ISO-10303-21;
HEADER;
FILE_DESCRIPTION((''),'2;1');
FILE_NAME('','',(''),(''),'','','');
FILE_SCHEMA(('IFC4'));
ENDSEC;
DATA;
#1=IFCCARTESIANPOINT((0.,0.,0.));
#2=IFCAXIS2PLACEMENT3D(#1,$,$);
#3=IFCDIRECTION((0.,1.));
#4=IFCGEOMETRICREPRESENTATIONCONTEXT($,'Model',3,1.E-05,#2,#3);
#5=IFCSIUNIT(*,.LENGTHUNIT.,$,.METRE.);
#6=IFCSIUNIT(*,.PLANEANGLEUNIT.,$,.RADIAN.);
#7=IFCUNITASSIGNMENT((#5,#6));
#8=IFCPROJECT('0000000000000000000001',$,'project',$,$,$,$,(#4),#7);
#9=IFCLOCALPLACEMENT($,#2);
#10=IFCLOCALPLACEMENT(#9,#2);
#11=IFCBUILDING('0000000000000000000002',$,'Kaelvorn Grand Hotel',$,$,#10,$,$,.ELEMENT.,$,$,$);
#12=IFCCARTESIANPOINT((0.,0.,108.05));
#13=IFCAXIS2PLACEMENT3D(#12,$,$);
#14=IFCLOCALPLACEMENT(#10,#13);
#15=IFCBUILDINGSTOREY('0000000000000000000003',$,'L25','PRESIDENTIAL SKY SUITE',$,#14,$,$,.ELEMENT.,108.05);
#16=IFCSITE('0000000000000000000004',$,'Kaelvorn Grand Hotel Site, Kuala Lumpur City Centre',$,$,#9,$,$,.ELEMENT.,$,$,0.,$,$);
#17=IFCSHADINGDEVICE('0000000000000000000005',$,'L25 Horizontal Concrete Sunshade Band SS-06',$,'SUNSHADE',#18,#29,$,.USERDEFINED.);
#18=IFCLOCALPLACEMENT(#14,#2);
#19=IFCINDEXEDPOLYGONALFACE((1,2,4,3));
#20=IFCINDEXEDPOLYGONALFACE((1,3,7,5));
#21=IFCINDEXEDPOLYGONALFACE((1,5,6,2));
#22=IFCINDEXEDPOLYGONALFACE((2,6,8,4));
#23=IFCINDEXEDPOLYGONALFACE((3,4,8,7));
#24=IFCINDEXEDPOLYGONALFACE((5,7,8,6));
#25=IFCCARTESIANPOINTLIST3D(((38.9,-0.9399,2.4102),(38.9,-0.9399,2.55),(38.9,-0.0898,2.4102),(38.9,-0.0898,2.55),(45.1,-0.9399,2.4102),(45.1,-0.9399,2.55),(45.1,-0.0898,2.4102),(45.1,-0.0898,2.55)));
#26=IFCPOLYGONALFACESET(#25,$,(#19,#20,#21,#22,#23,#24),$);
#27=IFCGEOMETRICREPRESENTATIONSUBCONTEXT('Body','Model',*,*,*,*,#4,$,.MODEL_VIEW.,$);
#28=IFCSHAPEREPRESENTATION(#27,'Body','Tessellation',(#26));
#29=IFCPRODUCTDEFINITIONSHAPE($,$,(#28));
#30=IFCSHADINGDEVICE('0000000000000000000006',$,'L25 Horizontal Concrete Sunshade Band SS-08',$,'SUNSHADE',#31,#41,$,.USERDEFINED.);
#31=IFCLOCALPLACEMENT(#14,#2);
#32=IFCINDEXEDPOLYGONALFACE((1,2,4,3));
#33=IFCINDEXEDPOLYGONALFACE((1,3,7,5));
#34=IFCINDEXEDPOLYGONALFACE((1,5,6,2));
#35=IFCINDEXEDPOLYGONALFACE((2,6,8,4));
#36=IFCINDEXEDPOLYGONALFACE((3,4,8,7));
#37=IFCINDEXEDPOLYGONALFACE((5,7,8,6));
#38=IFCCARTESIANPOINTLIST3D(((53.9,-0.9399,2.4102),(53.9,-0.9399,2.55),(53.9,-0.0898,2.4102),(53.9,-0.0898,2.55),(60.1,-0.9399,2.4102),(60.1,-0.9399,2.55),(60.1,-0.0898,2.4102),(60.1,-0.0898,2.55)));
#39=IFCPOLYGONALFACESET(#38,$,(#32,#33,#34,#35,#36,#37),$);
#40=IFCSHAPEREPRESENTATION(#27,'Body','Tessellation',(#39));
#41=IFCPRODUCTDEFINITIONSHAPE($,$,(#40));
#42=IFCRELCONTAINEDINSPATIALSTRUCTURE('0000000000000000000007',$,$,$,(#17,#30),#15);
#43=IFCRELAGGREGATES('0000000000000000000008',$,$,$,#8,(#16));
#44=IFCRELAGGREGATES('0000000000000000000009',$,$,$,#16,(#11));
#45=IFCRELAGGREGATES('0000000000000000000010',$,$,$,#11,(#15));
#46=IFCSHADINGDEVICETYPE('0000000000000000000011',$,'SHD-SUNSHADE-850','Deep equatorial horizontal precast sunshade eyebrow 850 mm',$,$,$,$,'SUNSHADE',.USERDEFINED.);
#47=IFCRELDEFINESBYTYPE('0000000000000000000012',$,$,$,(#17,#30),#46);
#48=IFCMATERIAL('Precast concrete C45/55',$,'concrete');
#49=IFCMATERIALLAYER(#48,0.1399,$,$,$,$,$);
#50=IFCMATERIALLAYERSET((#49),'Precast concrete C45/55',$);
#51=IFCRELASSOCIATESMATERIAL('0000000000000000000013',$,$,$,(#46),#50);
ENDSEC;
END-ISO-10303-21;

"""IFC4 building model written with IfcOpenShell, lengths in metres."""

from ifc_helpers import new_model, si_unit, direction, frame, origin, origin_2d, place, context, subcontext, project, spatial, rectangle, extrude, material, layer, layer_set, type_object, element, save


model = new_model("IFC4")

# Units and contexts
model_context = context("Model", 3, precision=1e-05, world=origin(), true_north=direction((0.0, 1.0)))
body_context = subcontext(model_context, "Body", "Model", "MODEL_VIEW")
ifc_project = project(units=[si_unit("LENGTHUNIT", "METRE"), si_unit("PLANEANGLEUNIT", "RADIAN")], contexts=[model_context])

# Site, building, storey
site_placement = place(None, origin())
site = spatial("IfcSite", under=ifc_project, at=site_placement, Name="Kaelvorn Grand Hotel Site, Kuala Lumpur City Centre", CompositionType="ELEMENT", RefElevation=0.0)
building_placement = place(site_placement, origin())
building = spatial("IfcBuilding", under=site, at=building_placement, Name="Kaelvorn Grand Hotel", CompositionType="ELEMENT")
storey_placement = place(building_placement, frame((0.0, 0.0, 108.05)))
storey = spatial("IfcBuildingStorey", under=building, at=storey_placement, Name="L25", Description="PRESIDENTIAL SKY SUITE", CompositionType="ELEMENT", Elevation=108.05)

# Shading devices
ifc_material_1 = material(Name="Precast concrete C45/55", Category="concrete")
ifc_layer_1 = layer(ifc_material_1, 0.1399)
ifc_layer_set_1 = layer_set([ifc_layer_1], Name="Precast concrete C45/55")
shading_device_type_1 = type_object("IfcShadingDeviceType", Name="SHD-SUNSHADE-850", Description="Deep equatorial horizontal precast sunshade eyebrow 850 mm", ElementType="SUNSHADE", PredefinedType="USERDEFINED", material=ifc_layer_set_1)
for number, where, z_axis, x_axis, name in (
    (1, (42.0, -0.5149, 2.4102), (0.0, 0.0, 1.0), (1.0, 0.0, 0.0), "L25 Horizontal Concrete Sunshade Band SS-06"),
    (2, (57.0, -0.5149, 2.4102), (0.0, 0.0, 1.0), (1.0, 0.0, 0.0), "L25 Horizontal Concrete Sunshade Band SS-08"),
):
    element("IfcShadingDevice", number, at=place(storey_placement, frame(where, z_axis=z_axis, x_axis=x_axis)), inside=storey, type_object=shading_device_type_1, Name=name, ObjectType="SUNSHADE", PredefinedType="USERDEFINED", context=body_context, shape_type="SweptSolid", body=[
        extrude(rectangle(XDim=6.2, YDim=0.8501, at=origin_2d()), origin(), (0.0, 0.0, 1.0), 0.1399),
    ])

save(model, "model.ifc")
